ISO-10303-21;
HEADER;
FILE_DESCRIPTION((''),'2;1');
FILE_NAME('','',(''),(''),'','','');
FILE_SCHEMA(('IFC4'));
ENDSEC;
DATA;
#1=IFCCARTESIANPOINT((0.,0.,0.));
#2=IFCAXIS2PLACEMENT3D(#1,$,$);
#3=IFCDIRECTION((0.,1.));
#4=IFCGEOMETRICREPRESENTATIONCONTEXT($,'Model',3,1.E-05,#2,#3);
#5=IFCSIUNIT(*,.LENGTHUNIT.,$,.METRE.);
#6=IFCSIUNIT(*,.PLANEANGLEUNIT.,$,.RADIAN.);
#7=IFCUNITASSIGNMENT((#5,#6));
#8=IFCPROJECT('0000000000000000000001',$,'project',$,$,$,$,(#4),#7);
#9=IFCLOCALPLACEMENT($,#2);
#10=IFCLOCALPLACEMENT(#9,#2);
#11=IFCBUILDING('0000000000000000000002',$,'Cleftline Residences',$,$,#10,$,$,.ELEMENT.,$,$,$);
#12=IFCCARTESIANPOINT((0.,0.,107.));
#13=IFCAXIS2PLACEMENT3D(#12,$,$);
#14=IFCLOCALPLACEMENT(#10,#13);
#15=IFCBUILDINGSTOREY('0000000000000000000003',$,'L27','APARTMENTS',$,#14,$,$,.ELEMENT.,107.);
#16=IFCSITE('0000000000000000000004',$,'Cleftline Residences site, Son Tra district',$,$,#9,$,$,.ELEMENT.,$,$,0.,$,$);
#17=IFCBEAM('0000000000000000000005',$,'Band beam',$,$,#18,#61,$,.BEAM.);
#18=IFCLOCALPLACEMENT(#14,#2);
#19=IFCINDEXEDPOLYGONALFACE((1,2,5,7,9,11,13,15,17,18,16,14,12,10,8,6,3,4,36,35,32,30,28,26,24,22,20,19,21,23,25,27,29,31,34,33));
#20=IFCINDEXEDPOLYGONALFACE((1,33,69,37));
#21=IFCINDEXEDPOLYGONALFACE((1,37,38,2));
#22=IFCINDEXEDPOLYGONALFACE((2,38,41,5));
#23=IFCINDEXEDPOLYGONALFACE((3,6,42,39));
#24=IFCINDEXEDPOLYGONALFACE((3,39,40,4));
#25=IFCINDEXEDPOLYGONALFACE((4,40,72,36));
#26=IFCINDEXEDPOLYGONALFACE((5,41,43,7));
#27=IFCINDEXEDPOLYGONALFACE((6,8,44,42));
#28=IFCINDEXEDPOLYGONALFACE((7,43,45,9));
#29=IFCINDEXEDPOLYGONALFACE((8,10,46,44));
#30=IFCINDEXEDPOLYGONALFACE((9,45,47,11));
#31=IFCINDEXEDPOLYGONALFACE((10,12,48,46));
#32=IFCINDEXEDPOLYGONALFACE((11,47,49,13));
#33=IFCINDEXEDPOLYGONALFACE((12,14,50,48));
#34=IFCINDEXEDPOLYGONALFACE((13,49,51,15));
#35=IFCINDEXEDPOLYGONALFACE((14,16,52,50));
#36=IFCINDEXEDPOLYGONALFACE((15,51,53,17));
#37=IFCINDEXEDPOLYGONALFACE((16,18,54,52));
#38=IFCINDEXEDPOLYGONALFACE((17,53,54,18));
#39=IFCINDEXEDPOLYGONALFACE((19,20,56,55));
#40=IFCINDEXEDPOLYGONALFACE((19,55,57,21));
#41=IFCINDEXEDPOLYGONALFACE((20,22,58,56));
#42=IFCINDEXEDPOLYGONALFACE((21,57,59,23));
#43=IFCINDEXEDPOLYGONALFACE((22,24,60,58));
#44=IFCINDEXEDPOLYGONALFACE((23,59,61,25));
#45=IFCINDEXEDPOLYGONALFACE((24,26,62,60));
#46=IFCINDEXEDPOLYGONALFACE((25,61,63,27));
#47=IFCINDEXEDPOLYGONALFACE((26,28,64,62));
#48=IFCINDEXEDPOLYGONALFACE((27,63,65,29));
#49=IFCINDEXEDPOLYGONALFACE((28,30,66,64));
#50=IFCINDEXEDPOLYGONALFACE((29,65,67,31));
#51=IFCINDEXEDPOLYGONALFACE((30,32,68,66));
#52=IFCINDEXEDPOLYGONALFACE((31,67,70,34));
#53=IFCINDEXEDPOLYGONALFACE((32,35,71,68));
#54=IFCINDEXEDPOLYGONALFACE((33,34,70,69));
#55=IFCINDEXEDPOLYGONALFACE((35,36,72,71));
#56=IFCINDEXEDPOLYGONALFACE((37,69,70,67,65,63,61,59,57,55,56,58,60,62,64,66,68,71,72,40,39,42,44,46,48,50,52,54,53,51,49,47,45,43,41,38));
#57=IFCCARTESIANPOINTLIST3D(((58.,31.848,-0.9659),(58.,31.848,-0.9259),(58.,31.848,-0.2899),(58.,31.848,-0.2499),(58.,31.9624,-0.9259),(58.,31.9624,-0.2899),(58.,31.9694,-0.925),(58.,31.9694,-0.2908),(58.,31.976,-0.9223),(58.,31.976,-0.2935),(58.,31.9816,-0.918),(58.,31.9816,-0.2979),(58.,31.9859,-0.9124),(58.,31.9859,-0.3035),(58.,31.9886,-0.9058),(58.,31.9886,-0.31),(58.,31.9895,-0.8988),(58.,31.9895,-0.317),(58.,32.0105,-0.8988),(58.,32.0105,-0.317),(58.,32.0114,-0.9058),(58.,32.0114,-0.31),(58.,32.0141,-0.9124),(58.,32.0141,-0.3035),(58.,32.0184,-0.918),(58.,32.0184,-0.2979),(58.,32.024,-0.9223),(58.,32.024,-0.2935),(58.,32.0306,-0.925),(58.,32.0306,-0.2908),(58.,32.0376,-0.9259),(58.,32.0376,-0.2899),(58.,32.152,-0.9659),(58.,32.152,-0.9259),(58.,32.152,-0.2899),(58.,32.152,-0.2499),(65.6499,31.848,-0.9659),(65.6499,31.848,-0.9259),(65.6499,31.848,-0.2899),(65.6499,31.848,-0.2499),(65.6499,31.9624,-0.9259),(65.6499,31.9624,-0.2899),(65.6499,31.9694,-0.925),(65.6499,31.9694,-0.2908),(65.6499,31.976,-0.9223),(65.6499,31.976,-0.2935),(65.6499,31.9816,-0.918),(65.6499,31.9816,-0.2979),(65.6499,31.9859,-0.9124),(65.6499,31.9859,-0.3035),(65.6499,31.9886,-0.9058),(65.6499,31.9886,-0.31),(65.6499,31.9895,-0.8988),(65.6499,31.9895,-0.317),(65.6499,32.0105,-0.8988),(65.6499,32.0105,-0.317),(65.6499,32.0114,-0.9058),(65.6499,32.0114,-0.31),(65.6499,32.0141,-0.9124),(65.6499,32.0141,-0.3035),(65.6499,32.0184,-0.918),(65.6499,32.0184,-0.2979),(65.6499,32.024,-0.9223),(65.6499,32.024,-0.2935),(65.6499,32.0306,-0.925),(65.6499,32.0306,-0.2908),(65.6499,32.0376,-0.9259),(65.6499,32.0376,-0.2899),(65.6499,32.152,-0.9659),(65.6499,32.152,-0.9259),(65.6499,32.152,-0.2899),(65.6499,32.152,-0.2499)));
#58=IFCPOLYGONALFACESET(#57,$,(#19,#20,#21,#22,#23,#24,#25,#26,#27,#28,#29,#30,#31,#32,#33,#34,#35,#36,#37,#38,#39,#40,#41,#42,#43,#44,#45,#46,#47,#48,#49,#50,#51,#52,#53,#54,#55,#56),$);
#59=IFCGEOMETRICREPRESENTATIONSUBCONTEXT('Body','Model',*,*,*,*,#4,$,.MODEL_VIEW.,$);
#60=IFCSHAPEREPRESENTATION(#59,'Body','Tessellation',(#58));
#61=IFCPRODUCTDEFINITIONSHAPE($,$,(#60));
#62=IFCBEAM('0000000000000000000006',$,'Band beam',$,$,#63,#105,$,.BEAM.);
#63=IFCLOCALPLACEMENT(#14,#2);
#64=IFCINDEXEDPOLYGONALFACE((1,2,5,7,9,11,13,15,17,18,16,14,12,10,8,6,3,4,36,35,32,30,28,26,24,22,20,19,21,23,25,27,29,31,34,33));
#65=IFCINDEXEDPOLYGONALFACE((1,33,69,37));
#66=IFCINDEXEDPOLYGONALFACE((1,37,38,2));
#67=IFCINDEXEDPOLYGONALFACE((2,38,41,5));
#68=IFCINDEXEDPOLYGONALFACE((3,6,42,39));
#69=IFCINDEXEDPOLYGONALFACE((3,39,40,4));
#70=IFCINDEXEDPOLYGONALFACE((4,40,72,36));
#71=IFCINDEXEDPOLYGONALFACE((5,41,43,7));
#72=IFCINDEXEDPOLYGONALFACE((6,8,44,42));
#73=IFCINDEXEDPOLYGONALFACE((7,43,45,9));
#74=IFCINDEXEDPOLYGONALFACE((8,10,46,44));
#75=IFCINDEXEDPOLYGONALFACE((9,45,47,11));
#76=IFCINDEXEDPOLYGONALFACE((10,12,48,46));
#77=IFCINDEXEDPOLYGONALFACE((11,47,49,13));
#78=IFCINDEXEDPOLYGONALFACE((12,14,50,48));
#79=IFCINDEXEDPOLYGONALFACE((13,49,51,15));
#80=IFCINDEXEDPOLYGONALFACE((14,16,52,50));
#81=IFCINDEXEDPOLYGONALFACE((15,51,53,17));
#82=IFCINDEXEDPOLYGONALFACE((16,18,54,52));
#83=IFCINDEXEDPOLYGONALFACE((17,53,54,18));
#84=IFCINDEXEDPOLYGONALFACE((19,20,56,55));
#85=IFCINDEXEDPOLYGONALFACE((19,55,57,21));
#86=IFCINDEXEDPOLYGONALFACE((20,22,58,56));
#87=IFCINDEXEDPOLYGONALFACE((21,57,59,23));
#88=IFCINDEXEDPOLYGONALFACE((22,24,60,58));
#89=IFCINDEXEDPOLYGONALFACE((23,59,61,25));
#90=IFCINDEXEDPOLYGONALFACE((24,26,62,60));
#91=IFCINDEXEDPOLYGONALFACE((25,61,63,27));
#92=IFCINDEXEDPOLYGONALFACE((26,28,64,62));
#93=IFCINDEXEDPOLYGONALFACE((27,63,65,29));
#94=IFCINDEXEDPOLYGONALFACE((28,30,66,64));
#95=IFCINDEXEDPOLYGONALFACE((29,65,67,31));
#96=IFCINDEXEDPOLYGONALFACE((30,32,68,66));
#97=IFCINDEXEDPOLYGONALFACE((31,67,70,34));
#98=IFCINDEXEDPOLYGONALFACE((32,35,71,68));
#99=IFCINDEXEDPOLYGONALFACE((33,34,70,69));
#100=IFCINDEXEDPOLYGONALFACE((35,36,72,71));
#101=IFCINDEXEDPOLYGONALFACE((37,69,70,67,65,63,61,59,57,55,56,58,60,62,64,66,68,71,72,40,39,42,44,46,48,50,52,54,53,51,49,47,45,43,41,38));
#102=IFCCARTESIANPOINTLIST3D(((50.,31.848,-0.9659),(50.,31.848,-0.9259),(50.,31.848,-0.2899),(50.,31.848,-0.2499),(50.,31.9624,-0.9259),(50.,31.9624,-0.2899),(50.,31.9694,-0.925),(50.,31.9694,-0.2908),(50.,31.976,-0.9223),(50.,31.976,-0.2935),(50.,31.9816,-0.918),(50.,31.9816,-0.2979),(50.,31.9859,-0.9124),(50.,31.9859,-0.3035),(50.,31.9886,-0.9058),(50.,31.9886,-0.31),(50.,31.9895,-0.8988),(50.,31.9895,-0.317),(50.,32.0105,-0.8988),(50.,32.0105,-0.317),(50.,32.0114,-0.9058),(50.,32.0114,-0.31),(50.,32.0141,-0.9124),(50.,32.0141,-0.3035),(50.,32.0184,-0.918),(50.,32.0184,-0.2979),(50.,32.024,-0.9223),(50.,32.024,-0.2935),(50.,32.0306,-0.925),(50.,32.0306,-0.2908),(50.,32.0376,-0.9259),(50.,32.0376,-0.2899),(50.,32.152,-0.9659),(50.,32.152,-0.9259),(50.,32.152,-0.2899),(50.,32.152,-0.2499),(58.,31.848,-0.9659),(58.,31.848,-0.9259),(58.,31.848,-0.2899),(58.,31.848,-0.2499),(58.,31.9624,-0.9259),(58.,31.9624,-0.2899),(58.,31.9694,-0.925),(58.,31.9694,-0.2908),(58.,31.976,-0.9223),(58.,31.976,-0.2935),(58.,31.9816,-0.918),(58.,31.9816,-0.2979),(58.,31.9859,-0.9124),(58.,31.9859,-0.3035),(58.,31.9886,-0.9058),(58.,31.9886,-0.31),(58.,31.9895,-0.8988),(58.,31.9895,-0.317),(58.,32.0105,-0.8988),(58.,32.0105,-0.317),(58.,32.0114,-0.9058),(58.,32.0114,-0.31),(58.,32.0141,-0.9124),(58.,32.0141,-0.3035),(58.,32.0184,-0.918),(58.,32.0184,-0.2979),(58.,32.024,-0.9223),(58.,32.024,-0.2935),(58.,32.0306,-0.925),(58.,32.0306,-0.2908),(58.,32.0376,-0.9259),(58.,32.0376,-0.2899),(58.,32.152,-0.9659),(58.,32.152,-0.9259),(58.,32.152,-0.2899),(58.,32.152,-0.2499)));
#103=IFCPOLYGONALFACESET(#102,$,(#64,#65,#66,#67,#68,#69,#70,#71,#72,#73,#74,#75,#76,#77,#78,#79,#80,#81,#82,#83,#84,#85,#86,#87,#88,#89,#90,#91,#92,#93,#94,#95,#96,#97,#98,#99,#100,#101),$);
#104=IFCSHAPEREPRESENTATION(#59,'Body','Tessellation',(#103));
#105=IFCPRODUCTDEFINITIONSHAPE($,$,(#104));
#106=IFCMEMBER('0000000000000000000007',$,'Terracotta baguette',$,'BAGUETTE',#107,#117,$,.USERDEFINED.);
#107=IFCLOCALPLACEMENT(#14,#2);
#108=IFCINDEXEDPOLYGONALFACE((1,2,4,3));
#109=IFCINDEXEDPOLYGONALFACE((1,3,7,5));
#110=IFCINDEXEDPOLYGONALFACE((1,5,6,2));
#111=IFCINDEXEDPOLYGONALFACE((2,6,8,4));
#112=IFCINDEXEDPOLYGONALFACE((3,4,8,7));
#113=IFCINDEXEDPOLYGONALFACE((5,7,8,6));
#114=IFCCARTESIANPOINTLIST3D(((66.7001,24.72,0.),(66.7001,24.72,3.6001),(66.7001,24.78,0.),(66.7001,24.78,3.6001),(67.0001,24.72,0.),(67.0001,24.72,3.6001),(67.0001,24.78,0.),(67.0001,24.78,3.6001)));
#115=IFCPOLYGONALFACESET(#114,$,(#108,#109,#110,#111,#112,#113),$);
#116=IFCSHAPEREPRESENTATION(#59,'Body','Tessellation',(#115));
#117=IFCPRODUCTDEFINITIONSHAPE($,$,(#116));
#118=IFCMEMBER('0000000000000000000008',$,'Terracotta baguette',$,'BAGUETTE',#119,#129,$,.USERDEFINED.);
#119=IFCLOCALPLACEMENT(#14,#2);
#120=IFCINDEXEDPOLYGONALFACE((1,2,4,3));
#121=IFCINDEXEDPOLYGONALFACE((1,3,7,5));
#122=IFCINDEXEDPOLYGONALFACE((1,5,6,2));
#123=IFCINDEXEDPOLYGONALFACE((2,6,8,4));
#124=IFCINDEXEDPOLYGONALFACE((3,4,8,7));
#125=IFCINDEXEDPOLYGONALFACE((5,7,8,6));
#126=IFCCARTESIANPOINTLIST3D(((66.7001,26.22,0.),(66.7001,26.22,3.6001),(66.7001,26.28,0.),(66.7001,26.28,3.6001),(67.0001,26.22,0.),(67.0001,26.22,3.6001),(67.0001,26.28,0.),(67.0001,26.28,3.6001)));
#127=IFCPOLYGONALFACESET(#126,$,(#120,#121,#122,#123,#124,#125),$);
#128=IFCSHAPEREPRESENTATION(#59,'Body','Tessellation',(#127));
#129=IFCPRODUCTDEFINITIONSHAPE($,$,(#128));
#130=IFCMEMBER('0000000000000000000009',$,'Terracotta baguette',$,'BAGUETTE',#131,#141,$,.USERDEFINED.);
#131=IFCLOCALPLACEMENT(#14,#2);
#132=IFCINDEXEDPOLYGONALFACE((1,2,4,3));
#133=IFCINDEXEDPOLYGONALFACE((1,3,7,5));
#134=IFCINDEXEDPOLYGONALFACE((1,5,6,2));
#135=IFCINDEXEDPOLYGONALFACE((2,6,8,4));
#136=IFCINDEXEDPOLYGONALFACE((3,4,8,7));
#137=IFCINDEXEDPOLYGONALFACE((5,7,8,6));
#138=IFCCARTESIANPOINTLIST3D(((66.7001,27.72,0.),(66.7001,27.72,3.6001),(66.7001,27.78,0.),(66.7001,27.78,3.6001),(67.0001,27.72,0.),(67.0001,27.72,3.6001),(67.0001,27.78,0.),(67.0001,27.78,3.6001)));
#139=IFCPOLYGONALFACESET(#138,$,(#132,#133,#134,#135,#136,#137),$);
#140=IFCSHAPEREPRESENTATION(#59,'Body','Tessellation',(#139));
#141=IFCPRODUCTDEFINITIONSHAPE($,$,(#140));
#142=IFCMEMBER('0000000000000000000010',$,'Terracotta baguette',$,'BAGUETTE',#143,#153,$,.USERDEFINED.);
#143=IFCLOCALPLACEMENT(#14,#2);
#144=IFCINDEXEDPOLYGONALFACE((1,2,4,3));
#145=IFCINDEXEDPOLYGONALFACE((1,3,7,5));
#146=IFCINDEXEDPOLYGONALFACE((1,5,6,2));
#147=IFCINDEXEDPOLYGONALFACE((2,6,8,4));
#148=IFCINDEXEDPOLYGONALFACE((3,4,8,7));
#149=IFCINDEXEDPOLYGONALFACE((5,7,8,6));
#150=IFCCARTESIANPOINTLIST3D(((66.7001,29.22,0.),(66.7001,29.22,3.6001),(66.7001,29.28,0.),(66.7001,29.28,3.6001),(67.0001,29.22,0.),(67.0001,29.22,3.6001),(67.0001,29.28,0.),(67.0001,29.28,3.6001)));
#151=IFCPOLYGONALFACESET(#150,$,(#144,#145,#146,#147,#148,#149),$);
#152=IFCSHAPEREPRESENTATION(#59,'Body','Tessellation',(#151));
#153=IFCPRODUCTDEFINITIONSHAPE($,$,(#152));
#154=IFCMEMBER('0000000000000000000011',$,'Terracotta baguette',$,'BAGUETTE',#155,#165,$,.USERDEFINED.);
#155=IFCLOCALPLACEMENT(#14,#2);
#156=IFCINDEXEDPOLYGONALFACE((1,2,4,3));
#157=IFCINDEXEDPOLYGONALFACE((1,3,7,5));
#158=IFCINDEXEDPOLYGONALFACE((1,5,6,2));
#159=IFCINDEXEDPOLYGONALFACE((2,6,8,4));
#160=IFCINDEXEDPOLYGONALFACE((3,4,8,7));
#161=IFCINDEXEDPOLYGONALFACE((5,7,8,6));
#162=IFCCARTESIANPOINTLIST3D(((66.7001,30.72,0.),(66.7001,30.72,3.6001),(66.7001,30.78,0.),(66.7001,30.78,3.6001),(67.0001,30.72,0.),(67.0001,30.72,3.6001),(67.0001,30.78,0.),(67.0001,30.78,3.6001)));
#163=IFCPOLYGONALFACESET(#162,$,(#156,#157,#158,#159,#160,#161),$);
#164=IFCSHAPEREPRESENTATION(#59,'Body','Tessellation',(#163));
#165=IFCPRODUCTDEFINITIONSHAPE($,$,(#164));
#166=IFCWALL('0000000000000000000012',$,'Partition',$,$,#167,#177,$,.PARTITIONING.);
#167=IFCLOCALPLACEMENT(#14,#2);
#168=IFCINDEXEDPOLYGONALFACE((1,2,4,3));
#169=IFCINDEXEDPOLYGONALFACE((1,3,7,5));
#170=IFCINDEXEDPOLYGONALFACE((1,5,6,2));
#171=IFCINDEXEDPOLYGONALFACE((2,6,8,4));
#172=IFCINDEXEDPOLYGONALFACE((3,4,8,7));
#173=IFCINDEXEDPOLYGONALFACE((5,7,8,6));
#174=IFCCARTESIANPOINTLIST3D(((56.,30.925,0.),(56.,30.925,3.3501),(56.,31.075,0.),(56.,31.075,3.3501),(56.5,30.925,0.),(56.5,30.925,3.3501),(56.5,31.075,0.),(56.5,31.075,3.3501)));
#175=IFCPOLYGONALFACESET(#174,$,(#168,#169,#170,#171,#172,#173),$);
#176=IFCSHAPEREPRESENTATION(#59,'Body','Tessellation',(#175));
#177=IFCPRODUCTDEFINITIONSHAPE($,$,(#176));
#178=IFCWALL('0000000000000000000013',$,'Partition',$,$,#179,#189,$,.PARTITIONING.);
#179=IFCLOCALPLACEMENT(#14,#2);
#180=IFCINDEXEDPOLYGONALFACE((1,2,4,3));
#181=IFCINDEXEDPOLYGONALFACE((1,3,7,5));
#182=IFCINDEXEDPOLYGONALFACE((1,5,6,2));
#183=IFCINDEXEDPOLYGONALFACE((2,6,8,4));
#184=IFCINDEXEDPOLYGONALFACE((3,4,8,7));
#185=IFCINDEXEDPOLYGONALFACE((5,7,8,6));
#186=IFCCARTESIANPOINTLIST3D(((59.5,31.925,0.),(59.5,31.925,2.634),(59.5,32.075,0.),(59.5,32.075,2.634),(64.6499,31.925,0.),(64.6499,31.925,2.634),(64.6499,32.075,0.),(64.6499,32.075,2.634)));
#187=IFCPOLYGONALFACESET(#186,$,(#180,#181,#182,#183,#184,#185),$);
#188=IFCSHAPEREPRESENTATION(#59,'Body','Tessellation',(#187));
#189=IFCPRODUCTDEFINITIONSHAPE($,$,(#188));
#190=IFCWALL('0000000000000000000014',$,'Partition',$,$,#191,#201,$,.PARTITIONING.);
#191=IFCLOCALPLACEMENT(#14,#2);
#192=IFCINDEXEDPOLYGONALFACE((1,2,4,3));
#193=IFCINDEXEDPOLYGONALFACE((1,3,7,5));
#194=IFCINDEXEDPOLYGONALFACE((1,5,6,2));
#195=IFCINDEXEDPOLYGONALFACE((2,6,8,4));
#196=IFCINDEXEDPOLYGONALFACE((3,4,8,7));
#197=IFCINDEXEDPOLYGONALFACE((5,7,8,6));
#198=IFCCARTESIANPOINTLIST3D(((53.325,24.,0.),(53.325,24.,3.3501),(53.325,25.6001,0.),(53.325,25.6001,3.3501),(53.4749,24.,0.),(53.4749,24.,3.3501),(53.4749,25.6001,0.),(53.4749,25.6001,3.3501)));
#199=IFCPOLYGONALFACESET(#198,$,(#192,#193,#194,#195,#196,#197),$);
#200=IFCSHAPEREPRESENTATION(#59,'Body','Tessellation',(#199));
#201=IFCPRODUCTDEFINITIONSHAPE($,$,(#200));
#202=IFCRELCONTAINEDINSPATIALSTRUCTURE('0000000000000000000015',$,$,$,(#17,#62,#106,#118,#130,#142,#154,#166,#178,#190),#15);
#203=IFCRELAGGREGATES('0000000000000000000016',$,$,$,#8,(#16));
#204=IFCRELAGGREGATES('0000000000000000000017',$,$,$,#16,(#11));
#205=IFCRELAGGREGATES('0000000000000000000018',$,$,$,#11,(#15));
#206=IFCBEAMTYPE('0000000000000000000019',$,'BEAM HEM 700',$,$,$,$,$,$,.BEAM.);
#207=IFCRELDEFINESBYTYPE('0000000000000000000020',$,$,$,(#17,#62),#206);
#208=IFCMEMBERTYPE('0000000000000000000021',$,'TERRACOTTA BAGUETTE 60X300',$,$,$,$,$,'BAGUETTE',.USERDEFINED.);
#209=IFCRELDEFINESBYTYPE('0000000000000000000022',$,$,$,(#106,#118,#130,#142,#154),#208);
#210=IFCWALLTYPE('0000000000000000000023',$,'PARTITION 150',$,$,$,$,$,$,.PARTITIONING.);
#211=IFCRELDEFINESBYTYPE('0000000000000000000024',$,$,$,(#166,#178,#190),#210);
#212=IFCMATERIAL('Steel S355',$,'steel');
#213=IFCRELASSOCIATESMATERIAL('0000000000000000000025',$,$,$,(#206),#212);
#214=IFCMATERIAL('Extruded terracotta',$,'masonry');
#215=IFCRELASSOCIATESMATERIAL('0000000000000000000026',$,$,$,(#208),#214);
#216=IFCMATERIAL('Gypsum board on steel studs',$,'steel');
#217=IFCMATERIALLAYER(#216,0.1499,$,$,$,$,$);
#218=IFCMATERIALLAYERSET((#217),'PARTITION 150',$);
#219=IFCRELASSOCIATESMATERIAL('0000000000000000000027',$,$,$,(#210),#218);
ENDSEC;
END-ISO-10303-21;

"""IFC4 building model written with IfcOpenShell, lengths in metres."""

from ifc_helpers import new_model, si_unit, direction, frame, frame_2d, origin, origin_2d, place, context, subcontext, project, spatial, rectangle, i_section, extrude, material, layer, layer_set, material_profile, profile_set, type_object, element, save


model = new_model("IFC4")

# Units and contexts
model_context = context("Model", 3, precision=1e-05, world=origin(), true_north=direction((0.0, 1.0)))
body_context = subcontext(model_context, "Body", "Model", "MODEL_VIEW")
ifc_project = project(units=[si_unit("LENGTHUNIT", "METRE"), si_unit("PLANEANGLEUNIT", "RADIAN")], contexts=[model_context])

# Site, building, storey
site_placement = place(None, origin())
site = spatial("IfcSite", under=ifc_project, at=site_placement, Name="Cleftline Residences site, Son Tra district", CompositionType="ELEMENT", RefElevation=0.0)
building_placement = place(site_placement, origin())
building = spatial("IfcBuilding", under=site, at=building_placement, Name="Cleftline Residences", CompositionType="ELEMENT")
storey_placement = place(building_placement, frame((0.0, 0.0, 107.0)))
storey = spatial("IfcBuildingStorey", under=building, at=storey_placement, Name="L27", Description="APARTMENTS", CompositionType="ELEMENT", Elevation=107.0)

# Beams
ifc_material_1 = material(Name="Steel S355", Category="steel")
ifc_material_profile_1 = material_profile(ifc_material_1, i_section(OverallWidth=0.304, OverallDepth=0.7161, WebThickness=0.021, FlangeThickness=0.04, FilletRadius=0.0271, at=origin_2d()))
ifc_profile_set_1 = profile_set([ifc_material_profile_1], Name="Steel S355")
beam_type_1 = type_object("IfcBeamType", Name="BEAM HEM 700", PredefinedType="BEAM", material=ifc_profile_set_1)
beam_1_placement = place(storey_placement, frame((65.6499, 32.0, -0.6079), z_axis=(-1.0, 0.0, 0.0), x_axis=(0.0, -1.0, 0.0)))
element("IfcBeam", 1, at=beam_1_placement, inside=storey, type_object=beam_type_1, Name="Band beam", PredefinedType="BEAM", context=body_context, shape_type="SweptSolid", body=[
    extrude(i_section(OverallWidth=0.304, OverallDepth=0.7161, WebThickness=0.021, FlangeThickness=0.04, FilletRadius=0.0271, at=origin_2d()), origin(), (0.0, 0.0, 1.0), 7.6499),
])
beam_2_placement = place(storey_placement, frame((58.0, 32.0, -0.6079), z_axis=(-1.0, 0.0, 0.0), x_axis=(0.0, -1.0, 0.0)))
element("IfcBeam", 2, at=beam_2_placement, inside=storey, type_object=beam_type_1, Name="Band beam", PredefinedType="BEAM", context=body_context, shape_type="SweptSolid", body=[
    extrude(i_section(OverallWidth=0.304, OverallDepth=0.7161, WebThickness=0.021, FlangeThickness=0.04, FilletRadius=0.0271, at=origin_2d()), origin(), (0.0, 0.0, 1.0), 8.0),
])

# Members
ifc_material_2 = material(Name="Extruded terracotta", Category="masonry")
ifc_material_profile_2 = material_profile(ifc_material_2, rectangle(XDim=0.0601, YDim=0.3, at=origin_2d()))
ifc_profile_set_2 = profile_set([ifc_material_profile_2], Name="Extruded terracotta")
member_type_1 = type_object("IfcMemberType", Name="TERRACOTTA BAGUETTE 60X300", ElementType="BAGUETTE", PredefinedType="USERDEFINED", material=ifc_profile_set_2)
for number, where, z_axis, x_axis, name in (
    (3, (66.8501, 24.75, 0.0), (0.0, 0.0, 1.0), (0.0, 1.0, 0.0), "Terracotta baguette"),
    (4, (66.8501, 26.25, 0.0), (0.0, 0.0, 1.0), (0.0, 1.0, 0.0), "Terracotta baguette"),
    (5, (66.8501, 27.75, 0.0), (0.0, 0.0, 1.0), (0.0, 1.0, 0.0), "Terracotta baguette"),
    (6, (66.8501, 29.25, 0.0), (0.0, 0.0, 1.0), (0.0, 1.0, 0.0), "Terracotta baguette"),
    (7, (66.8501, 30.75, 0.0), (0.0, 0.0, 1.0), (0.0, 1.0, 0.0), "Terracotta baguette"),
):
    element("IfcMember", number, at=place(storey_placement, frame(where, z_axis=z_axis, x_axis=x_axis)), inside=storey, type_object=member_type_1, Name=name, ObjectType="BAGUETTE", PredefinedType="USERDEFINED", context=body_context, shape_type="SweptSolid", body=[
        extrude(rectangle(XDim=0.0601, YDim=0.3, at=origin_2d()), origin(), (0.0, 0.0, 1.0), 3.6001),
    ])

# Walls
ifc_material_3 = material(Name="Gypsum board on steel studs", Category="steel")
ifc_layer_1 = layer(ifc_material_3, 0.1499)
ifc_layer_set_1 = layer_set([ifc_layer_1], Name="PARTITION 150")
wall_type_1 = type_object("IfcWallType", Name="PARTITION 150", PredefinedType="PARTITIONING", material=ifc_layer_set_1)
wall_1_placement = place(storey_placement, frame((56.0, 31.0, 0.0), z_axis=(0.0, 0.0, 1.0), x_axis=(1.0, 0.0, 0.0)))
element("IfcWall", 8, at=wall_1_placement, inside=storey, type_object=wall_type_1, Name="Partition", PredefinedType="PARTITIONING", context=body_context, shape_type="SweptSolid", body=[
    extrude(rectangle(XDim=0.5, YDim=0.1499, at=frame_2d((0.25, 0.0))), origin(), (0.0, 0.0, 1.0), 3.3501),
])
wall_2_placement = place(storey_placement, frame((59.5, 32.0, 0.0), z_axis=(0.0, 0.0, 1.0), x_axis=(1.0, 0.0, 0.0)))
element("IfcWall", 9, at=wall_2_placement, inside=storey, type_object=wall_type_1, Name="Partition", PredefinedType="PARTITIONING", context=body_context, shape_type="SweptSolid", body=[
    extrude(rectangle(XDim=5.1499, YDim=0.1499, at=frame_2d((2.575, 0.0))), origin(), (0.0, 0.0, 1.0), 2.634),
])
wall_3_placement = place(storey_placement, frame((53.3999, 24.0, 0.0), z_axis=(0.0, 0.0, 1.0), x_axis=(0.0, 1.0, 0.0)))
element("IfcWall", 10, at=wall_3_placement, inside=storey, type_object=wall_type_1, Name="Partition", PredefinedType="PARTITIONING", context=body_context, shape_type="SweptSolid", body=[
    extrude(rectangle(XDim=1.6001, YDim=0.1499, at=frame_2d((0.8, 0.0))), origin(), (0.0, 0.0, 1.0), 3.3501),
])

save(model, "model.ifc")
